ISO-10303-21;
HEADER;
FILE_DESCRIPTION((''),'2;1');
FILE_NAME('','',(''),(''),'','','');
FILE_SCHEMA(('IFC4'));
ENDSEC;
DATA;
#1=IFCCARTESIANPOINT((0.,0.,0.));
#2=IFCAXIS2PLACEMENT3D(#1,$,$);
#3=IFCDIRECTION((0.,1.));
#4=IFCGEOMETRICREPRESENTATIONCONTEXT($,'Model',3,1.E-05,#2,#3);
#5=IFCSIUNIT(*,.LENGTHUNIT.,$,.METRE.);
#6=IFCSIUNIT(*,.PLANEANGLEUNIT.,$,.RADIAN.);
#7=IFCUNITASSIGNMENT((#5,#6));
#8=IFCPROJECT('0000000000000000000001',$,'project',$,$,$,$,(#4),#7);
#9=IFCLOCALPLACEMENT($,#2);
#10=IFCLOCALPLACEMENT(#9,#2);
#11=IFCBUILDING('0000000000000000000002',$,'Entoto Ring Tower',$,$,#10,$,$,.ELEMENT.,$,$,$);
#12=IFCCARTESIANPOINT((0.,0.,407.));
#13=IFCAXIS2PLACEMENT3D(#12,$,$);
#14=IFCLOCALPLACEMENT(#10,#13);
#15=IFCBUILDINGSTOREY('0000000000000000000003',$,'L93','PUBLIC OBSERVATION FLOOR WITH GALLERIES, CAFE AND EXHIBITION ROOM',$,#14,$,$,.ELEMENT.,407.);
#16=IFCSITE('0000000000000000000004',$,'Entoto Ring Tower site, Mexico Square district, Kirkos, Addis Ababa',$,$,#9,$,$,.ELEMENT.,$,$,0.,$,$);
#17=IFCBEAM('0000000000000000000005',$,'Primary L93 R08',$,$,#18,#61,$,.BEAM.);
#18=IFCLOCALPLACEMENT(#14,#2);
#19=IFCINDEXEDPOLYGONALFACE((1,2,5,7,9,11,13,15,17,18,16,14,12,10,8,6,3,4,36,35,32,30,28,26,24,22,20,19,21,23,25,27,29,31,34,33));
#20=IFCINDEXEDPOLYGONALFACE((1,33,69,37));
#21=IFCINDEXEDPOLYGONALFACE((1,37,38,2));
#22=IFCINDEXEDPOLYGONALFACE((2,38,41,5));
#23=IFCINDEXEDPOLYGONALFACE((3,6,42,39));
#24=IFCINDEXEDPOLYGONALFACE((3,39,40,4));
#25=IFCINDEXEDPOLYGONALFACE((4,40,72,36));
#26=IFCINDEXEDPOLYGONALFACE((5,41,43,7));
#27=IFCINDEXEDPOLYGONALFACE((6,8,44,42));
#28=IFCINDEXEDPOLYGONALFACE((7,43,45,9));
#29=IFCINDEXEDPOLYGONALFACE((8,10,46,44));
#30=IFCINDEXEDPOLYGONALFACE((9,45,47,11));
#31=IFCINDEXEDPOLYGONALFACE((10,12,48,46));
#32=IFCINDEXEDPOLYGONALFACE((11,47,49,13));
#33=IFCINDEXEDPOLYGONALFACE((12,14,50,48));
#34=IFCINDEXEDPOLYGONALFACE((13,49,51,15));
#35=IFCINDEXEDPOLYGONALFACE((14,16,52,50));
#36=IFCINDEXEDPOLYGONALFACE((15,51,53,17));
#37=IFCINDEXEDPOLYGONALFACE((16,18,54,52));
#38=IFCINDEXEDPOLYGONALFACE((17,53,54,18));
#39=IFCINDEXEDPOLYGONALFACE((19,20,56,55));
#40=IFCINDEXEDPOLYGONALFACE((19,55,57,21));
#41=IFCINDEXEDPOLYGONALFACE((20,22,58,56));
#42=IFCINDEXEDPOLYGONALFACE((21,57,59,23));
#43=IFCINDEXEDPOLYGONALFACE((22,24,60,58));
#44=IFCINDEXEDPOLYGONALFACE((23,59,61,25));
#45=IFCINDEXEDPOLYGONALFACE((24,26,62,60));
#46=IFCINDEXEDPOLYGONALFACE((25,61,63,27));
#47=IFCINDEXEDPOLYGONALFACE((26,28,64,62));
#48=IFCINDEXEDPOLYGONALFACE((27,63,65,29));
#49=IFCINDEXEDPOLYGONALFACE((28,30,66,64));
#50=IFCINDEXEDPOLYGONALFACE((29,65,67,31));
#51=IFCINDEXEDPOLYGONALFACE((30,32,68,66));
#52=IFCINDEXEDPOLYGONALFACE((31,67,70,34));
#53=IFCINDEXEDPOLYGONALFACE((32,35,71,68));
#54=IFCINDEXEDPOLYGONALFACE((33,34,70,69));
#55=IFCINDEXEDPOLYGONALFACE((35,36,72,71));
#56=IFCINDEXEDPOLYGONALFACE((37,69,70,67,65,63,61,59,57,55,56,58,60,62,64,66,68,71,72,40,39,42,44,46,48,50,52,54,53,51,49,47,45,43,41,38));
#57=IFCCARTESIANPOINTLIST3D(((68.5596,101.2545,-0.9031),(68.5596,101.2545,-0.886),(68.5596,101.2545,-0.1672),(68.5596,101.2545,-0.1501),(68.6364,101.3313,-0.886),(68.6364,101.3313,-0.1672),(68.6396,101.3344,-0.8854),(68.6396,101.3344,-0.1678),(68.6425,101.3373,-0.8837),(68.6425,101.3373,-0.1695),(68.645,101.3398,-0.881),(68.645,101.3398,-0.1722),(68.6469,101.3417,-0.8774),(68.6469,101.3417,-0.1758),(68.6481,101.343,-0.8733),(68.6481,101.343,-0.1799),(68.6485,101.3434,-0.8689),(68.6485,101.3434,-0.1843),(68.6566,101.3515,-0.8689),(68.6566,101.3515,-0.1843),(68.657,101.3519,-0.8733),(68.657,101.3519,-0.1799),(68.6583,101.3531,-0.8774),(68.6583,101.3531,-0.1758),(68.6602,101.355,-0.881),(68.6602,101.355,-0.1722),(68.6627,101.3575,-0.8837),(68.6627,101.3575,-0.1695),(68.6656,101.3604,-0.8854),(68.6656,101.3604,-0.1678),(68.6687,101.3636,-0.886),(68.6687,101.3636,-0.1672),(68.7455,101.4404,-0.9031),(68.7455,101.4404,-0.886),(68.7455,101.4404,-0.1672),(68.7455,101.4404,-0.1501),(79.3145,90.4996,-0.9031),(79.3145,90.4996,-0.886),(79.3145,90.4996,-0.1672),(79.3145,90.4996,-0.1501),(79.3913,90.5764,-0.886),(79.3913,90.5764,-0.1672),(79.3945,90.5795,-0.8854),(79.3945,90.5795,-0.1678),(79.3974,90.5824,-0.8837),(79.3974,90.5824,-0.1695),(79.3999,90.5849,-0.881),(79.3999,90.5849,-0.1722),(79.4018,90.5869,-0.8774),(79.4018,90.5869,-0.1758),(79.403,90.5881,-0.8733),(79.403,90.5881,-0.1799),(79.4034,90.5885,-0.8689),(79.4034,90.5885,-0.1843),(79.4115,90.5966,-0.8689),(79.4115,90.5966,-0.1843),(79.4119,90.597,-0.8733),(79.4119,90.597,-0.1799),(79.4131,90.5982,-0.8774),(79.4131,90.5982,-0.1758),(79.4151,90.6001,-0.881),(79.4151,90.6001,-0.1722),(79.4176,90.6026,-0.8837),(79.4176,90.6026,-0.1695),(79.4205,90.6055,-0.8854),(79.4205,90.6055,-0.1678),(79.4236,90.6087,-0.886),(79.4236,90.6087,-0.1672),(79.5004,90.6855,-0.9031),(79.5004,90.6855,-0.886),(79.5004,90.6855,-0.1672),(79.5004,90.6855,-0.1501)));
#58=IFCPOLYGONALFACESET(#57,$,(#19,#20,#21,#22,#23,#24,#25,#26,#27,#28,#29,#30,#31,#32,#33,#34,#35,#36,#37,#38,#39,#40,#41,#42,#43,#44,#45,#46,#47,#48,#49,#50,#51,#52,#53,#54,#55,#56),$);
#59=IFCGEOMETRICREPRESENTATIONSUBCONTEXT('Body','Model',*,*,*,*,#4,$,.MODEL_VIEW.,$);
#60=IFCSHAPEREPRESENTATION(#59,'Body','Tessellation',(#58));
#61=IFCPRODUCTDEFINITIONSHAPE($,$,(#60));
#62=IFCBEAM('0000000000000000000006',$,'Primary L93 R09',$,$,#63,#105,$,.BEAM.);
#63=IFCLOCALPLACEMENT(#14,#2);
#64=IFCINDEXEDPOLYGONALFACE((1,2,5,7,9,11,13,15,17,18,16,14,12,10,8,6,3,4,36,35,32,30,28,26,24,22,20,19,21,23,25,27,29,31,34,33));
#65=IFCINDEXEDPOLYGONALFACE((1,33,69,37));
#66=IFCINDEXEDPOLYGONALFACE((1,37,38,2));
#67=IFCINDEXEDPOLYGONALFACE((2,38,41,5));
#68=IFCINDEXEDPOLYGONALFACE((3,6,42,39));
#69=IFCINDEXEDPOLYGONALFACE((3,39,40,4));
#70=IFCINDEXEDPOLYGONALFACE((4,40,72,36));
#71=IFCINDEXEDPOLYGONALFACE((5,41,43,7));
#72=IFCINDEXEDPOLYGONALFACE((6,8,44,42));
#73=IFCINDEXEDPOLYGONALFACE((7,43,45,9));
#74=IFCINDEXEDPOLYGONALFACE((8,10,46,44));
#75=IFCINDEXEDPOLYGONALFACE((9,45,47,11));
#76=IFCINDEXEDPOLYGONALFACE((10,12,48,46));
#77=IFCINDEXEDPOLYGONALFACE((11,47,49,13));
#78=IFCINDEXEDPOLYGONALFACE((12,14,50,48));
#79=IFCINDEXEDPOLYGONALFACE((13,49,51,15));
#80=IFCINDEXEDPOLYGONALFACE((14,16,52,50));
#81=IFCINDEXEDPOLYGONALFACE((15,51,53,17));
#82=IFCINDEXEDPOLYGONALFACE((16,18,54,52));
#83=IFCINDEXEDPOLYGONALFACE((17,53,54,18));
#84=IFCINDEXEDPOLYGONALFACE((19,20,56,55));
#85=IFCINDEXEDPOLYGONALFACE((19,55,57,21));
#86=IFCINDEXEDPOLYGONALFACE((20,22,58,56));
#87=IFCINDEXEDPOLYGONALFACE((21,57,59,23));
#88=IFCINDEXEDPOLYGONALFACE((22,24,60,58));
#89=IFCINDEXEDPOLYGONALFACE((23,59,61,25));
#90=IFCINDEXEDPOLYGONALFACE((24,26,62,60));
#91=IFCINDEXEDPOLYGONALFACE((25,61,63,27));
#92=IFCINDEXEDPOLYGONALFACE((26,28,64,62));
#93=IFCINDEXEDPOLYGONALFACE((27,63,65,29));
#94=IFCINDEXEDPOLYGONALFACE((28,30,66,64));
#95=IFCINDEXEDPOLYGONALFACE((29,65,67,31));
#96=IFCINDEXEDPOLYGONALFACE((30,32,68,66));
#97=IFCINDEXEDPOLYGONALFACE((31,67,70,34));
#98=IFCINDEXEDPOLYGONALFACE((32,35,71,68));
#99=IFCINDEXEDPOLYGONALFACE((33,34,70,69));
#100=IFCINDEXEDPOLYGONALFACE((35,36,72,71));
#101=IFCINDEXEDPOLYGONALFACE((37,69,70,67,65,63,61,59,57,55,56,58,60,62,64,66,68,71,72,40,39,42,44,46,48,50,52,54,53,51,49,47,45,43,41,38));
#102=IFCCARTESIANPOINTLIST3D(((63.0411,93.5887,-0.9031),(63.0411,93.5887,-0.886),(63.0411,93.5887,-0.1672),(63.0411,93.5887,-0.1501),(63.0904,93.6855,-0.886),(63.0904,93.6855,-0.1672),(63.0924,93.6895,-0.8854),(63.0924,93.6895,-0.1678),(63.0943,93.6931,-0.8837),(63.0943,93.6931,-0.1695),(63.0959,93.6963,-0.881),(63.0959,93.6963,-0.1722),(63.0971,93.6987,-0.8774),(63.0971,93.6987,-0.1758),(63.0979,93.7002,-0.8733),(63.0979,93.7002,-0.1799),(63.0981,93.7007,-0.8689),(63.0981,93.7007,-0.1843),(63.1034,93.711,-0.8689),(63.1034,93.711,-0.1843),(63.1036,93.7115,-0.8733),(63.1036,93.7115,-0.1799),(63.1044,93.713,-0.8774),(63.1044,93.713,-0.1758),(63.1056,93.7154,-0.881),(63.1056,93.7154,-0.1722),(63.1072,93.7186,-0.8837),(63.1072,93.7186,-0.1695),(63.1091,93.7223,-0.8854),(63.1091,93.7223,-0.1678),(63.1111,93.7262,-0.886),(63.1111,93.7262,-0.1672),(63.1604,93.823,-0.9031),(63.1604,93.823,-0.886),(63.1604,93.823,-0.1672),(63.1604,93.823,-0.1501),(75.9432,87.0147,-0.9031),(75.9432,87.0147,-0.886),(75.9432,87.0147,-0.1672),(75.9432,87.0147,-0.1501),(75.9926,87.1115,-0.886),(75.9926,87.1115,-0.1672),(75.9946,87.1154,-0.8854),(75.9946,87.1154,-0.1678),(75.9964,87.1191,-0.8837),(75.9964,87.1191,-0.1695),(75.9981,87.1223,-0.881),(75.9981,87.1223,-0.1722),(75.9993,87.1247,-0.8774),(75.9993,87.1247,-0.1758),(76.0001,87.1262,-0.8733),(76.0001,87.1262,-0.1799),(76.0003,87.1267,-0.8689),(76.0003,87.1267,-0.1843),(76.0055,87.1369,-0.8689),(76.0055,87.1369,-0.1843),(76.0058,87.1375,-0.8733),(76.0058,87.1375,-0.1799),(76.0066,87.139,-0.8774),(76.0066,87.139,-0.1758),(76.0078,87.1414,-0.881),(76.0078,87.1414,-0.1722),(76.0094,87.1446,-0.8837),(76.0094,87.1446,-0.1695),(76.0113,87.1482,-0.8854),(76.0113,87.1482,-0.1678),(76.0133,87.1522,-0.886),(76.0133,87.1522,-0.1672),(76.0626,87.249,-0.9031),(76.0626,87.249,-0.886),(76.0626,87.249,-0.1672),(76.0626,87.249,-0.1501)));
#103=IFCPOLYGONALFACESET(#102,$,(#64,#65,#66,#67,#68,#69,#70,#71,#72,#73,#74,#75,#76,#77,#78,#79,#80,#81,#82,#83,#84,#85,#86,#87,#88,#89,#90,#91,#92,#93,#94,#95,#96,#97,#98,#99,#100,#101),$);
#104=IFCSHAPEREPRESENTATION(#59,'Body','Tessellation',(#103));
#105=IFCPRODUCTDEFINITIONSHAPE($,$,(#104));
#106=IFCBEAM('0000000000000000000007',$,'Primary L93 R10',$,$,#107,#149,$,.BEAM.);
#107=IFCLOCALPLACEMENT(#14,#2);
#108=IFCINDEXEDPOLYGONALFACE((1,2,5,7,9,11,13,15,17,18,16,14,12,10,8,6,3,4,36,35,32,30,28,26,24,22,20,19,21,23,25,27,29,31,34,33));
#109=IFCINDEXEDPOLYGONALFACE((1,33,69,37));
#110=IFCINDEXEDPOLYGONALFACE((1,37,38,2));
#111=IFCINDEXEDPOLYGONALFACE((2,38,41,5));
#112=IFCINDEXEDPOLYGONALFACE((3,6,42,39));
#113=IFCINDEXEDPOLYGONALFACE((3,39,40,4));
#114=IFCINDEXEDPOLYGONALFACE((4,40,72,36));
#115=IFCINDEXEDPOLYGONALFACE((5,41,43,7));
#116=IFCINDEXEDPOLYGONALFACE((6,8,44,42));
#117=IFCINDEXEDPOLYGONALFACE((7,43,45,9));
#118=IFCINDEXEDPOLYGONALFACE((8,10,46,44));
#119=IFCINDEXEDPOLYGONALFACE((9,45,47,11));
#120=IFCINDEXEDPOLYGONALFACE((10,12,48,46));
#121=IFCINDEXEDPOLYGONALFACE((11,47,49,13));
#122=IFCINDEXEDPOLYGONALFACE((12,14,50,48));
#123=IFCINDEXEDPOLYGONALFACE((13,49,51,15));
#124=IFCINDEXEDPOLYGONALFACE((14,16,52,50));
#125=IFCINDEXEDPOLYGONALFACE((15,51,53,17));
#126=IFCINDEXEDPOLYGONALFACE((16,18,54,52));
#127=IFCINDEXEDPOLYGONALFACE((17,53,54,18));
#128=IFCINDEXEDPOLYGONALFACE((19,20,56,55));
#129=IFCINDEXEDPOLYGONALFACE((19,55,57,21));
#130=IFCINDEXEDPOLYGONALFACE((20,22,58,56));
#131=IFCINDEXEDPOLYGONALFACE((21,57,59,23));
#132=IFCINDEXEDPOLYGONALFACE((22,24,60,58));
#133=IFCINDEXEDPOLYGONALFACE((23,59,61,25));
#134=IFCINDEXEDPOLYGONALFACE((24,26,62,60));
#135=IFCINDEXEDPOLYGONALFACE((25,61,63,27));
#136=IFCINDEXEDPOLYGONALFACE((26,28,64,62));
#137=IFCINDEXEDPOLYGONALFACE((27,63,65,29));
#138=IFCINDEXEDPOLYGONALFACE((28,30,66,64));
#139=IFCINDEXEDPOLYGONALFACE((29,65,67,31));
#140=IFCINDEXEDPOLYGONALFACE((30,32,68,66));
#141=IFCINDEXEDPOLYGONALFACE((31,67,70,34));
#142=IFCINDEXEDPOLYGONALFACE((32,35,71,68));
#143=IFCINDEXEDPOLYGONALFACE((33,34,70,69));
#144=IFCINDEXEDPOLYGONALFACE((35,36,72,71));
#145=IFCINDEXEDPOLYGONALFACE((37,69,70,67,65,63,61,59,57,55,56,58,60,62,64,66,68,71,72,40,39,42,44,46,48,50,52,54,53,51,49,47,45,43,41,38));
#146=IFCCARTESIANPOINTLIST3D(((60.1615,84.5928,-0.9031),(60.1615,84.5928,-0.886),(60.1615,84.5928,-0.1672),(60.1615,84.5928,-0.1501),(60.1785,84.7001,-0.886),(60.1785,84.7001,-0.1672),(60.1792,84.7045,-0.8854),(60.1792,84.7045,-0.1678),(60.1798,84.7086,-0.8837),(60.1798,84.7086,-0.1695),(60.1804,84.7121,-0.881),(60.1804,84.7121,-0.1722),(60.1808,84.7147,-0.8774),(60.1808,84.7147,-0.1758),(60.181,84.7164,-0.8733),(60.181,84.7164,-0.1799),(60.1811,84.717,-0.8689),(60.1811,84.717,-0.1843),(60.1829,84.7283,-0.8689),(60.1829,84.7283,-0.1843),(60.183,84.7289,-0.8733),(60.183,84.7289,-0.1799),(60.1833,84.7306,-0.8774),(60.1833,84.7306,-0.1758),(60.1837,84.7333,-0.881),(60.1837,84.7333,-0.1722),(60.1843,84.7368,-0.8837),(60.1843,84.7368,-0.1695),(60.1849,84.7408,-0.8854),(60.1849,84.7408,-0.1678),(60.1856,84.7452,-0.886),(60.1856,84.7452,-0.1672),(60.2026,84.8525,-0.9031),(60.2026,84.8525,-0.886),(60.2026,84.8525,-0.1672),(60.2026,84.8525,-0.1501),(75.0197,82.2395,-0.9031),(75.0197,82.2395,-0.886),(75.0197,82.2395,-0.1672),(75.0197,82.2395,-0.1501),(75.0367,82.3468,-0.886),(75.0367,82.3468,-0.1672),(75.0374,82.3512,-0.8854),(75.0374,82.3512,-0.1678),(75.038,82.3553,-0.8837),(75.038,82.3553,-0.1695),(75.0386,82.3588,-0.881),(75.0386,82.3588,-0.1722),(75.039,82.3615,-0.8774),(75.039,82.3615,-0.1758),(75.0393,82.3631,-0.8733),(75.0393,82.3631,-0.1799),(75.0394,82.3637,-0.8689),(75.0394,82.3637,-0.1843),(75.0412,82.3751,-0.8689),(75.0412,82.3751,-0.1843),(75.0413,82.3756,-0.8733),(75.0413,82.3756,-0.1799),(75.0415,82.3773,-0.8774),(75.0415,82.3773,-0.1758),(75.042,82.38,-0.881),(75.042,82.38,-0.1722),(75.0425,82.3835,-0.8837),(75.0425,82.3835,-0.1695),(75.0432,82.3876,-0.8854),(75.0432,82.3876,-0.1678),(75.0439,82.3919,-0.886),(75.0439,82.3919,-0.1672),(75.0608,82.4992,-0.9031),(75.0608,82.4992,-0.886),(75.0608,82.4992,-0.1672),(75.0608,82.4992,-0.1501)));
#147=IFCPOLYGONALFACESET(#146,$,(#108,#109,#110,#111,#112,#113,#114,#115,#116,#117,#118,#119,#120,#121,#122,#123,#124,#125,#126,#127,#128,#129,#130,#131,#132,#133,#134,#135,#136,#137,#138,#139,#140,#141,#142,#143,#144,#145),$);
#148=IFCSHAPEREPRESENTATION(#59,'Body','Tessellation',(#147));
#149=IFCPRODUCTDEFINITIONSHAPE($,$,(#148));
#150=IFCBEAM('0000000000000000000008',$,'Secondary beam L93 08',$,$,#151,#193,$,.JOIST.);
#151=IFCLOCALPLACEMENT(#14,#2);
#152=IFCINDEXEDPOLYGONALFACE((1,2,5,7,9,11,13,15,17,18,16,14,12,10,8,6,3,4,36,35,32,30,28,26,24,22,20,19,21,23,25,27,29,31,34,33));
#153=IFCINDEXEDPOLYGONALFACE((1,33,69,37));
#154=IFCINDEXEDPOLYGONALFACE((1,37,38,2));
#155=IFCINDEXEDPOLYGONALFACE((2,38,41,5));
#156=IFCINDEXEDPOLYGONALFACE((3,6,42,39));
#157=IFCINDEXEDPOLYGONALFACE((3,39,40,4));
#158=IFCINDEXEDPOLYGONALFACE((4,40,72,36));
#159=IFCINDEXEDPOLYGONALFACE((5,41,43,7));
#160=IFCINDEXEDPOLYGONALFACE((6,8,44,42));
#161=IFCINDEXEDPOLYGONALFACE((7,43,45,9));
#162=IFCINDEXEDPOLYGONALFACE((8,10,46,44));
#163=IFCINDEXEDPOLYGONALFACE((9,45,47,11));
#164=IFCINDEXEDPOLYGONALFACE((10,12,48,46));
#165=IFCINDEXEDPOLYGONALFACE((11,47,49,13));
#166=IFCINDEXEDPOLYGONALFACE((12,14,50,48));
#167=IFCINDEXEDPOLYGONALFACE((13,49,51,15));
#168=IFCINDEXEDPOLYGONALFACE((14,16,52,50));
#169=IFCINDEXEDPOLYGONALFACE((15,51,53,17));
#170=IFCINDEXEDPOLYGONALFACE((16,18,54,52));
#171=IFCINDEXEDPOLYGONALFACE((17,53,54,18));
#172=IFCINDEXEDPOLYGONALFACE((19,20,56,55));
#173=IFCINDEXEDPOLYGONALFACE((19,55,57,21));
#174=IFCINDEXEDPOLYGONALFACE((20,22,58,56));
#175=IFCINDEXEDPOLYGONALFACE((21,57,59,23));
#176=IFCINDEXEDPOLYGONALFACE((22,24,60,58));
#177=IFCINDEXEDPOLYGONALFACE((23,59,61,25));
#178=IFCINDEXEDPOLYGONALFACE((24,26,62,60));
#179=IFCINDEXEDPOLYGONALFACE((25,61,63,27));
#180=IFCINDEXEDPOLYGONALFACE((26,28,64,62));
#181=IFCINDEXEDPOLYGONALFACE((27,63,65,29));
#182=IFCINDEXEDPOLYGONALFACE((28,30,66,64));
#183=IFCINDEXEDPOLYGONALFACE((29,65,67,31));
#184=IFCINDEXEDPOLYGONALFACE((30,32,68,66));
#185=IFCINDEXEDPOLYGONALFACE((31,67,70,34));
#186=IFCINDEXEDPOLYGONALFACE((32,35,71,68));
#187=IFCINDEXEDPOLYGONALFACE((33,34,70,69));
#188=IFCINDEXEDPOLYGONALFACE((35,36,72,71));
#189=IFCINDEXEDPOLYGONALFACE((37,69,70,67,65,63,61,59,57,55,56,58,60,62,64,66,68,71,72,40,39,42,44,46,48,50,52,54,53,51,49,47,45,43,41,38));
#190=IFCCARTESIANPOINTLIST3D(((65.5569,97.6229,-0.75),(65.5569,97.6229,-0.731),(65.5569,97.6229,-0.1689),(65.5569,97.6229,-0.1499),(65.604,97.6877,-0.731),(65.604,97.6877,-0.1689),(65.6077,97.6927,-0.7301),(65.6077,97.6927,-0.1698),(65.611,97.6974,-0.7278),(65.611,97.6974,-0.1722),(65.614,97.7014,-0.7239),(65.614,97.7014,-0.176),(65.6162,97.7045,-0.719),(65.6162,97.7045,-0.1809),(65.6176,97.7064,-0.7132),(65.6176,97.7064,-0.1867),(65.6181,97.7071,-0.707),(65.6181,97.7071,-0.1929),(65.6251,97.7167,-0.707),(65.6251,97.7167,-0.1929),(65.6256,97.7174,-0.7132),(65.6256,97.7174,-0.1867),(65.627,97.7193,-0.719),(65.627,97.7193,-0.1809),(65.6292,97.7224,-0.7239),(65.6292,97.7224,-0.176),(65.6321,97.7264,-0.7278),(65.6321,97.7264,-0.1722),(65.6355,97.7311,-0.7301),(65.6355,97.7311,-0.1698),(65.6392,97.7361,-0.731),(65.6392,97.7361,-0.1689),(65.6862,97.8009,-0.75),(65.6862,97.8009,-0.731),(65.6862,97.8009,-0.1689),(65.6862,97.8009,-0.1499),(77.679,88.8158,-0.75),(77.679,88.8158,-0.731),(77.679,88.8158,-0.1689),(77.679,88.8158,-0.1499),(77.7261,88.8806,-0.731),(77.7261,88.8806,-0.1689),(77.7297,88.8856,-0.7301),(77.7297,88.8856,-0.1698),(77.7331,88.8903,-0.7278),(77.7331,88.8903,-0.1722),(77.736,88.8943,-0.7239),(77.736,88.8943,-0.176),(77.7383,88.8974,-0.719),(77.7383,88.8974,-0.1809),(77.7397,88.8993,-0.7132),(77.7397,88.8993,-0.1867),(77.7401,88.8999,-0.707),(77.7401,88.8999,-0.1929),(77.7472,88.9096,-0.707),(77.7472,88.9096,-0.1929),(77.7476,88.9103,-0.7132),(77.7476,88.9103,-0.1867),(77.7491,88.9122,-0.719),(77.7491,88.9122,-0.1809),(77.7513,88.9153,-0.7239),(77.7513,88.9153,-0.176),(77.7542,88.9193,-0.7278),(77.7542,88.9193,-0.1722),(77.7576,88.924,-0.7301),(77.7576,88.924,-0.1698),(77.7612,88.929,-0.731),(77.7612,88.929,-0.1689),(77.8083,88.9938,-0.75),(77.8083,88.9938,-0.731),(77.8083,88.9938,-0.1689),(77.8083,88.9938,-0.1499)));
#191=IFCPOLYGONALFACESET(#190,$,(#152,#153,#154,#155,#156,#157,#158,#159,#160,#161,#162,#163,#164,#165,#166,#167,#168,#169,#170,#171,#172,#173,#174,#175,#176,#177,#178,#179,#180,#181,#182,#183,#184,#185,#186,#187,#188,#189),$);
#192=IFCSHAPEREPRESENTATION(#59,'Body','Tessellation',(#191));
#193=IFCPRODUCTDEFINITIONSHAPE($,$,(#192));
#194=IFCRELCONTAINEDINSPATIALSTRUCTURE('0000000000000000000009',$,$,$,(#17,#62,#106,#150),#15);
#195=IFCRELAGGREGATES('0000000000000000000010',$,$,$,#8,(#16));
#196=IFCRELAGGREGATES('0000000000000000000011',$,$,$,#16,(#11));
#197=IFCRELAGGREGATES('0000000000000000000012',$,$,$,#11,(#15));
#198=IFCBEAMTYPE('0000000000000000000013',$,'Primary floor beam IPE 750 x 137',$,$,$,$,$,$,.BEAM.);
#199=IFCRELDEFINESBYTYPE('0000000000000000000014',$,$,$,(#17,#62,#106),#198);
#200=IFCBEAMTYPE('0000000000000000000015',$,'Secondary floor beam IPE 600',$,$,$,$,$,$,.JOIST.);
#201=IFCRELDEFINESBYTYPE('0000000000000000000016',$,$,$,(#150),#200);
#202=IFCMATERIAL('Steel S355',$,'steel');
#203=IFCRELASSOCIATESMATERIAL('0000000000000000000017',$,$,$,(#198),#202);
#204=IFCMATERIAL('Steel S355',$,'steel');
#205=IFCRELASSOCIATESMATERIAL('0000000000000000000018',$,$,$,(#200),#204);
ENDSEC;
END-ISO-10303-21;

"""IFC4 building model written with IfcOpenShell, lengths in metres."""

from ifc_helpers import new_model, si_unit, direction, frame, origin, origin_2d, place, context, subcontext, project, spatial, i_section, extrude, material, material_profile, profile_set, type_object, element, save


model = new_model("IFC4")

# Units and contexts
model_context = context("Model", 3, precision=1e-05, world=origin(), true_north=direction((0.0, 1.0)))
body_context = subcontext(model_context, "Body", "Model", "MODEL_VIEW")
ifc_project = project(units=[si_unit("LENGTHUNIT", "METRE"), si_unit("PLANEANGLEUNIT", "RADIAN")], contexts=[model_context])

# Site, building, storey
site_placement = place(None, origin())
site = spatial("IfcSite", under=ifc_project, at=site_placement, Name="Entoto Ring Tower site, Mexico Square district, Kirkos, Addis Ababa", CompositionType="ELEMENT", RefElevation=0.0)
building_placement = place(site_placement, origin())
building = spatial("IfcBuilding", under=site, at=building_placement, Name="Entoto Ring Tower", CompositionType="ELEMENT")
storey_placement = place(building_placement, frame((0.0, 0.0, 407.0)))
storey = spatial("IfcBuildingStorey", under=building, at=storey_placement, Name="L93", Description="PUBLIC OBSERVATION FLOOR WITH GALLERIES, CAFE AND EXHIBITION ROOM", CompositionType="ELEMENT", Elevation=407.0)

# Beams
ifc_material_1 = material(Name="Steel S355", Category="steel")
ifc_material_profile_1 = material_profile(ifc_material_1, i_section(OverallWidth=0.2629, OverallDepth=0.7529, WebThickness=0.0115, FlangeThickness=0.0171, FilletRadius=0.0171, at=origin_2d()), Name="IPE 750 x 137")
ifc_profile_set_1 = profile_set([ifc_material_profile_1], Name="Steel S355")
beam_type_1 = type_object("IfcBeamType", Name="Primary floor beam IPE 750 x 137", PredefinedType="BEAM", material=ifc_profile_set_1)
beam_1_placement = place(storey_placement, frame((79.4075, 90.5925, -0.5266), z_axis=(-0.707107, 0.707107, 0.0), x_axis=(-0.707107, -0.707107, 0.0)))
element("IfcBeam", 1, at=beam_1_placement, inside=storey, type_object=beam_type_1, Name="Primary L93 R08", PredefinedType="BEAM", context=body_context, shape_type="SweptSolid", body=[
    extrude(i_section(OverallWidth=0.2629, OverallDepth=0.7529, WebThickness=0.0115, FlangeThickness=0.0171, FilletRadius=0.0171, at=origin_2d()), origin(), (0.0, 0.0, 1.0), 15.2097),
])
beam_2_placement = place(storey_placement, frame((76.0029, 87.1318, -0.5266), z_axis=(-0.891006, 0.453992, 0.0), x_axis=(-0.453992, -0.891006, 0.0)))
element("IfcBeam", 2, at=beam_2_placement, inside=storey, type_object=beam_type_1, Name="Primary L93 R09", PredefinedType="BEAM", context=body_context, shape_type="SweptSolid", body=[
    extrude(i_section(OverallWidth=0.2629, OverallDepth=0.7529, WebThickness=0.0115, FlangeThickness=0.0171, FilletRadius=0.0171, at=origin_2d()), origin(), (0.0, 0.0, 1.0), 14.4805),
])
beam_3_placement = place(storey_placement, frame((75.0403, 82.3694, -0.5266), z_axis=(-0.987689, 0.156433, 0.0), x_axis=(-0.156433, -0.987689, 0.0)))
element("IfcBeam", 3, at=beam_3_placement, inside=storey, type_object=beam_type_1, Name="Primary L93 R10", PredefinedType="BEAM", context=body_context, shape_type="SweptSolid", body=[
    extrude(i_section(OverallWidth=0.2629, OverallDepth=0.7529, WebThickness=0.0115, FlangeThickness=0.0171, FilletRadius=0.0171, at=origin_2d()), origin(), (0.0, 0.0, 1.0), 15.0435),
])
ifc_material_2 = material(Name="Steel S355", Category="steel")
ifc_material_profile_2 = material_profile(ifc_material_2, i_section(OverallWidth=0.22, OverallDepth=0.6001, WebThickness=0.012, FlangeThickness=0.019, FilletRadius=0.0239, at=origin_2d()), Name="IPE 600")
ifc_profile_set_2 = profile_set([ifc_material_profile_2], Name="Steel S355")
beam_type_2 = type_object("IfcBeamType", Name="Secondary floor beam IPE 600", PredefinedType="JOIST", material=ifc_profile_set_2)
beam_4_placement = place(storey_placement, frame((77.7437, 88.9048, -0.45), z_axis=(-0.809019, 0.587782, 0.0), x_axis=(-0.587782, -0.809019, 0.0)))
element("IfcBeam", 4, at=beam_4_placement, inside=storey, type_object=beam_type_2, Name="Secondary beam L93 08", PredefinedType="JOIST", context=body_context, shape_type="SweptSolid", body=[
    extrude(i_section(OverallWidth=0.22, OverallDepth=0.6001, WebThickness=0.012, FlangeThickness=0.019, FilletRadius=0.0239, at=origin_2d()), origin(), (0.0, 0.0, 1.0), 14.9836),
])

save(model, "model.ifc")
